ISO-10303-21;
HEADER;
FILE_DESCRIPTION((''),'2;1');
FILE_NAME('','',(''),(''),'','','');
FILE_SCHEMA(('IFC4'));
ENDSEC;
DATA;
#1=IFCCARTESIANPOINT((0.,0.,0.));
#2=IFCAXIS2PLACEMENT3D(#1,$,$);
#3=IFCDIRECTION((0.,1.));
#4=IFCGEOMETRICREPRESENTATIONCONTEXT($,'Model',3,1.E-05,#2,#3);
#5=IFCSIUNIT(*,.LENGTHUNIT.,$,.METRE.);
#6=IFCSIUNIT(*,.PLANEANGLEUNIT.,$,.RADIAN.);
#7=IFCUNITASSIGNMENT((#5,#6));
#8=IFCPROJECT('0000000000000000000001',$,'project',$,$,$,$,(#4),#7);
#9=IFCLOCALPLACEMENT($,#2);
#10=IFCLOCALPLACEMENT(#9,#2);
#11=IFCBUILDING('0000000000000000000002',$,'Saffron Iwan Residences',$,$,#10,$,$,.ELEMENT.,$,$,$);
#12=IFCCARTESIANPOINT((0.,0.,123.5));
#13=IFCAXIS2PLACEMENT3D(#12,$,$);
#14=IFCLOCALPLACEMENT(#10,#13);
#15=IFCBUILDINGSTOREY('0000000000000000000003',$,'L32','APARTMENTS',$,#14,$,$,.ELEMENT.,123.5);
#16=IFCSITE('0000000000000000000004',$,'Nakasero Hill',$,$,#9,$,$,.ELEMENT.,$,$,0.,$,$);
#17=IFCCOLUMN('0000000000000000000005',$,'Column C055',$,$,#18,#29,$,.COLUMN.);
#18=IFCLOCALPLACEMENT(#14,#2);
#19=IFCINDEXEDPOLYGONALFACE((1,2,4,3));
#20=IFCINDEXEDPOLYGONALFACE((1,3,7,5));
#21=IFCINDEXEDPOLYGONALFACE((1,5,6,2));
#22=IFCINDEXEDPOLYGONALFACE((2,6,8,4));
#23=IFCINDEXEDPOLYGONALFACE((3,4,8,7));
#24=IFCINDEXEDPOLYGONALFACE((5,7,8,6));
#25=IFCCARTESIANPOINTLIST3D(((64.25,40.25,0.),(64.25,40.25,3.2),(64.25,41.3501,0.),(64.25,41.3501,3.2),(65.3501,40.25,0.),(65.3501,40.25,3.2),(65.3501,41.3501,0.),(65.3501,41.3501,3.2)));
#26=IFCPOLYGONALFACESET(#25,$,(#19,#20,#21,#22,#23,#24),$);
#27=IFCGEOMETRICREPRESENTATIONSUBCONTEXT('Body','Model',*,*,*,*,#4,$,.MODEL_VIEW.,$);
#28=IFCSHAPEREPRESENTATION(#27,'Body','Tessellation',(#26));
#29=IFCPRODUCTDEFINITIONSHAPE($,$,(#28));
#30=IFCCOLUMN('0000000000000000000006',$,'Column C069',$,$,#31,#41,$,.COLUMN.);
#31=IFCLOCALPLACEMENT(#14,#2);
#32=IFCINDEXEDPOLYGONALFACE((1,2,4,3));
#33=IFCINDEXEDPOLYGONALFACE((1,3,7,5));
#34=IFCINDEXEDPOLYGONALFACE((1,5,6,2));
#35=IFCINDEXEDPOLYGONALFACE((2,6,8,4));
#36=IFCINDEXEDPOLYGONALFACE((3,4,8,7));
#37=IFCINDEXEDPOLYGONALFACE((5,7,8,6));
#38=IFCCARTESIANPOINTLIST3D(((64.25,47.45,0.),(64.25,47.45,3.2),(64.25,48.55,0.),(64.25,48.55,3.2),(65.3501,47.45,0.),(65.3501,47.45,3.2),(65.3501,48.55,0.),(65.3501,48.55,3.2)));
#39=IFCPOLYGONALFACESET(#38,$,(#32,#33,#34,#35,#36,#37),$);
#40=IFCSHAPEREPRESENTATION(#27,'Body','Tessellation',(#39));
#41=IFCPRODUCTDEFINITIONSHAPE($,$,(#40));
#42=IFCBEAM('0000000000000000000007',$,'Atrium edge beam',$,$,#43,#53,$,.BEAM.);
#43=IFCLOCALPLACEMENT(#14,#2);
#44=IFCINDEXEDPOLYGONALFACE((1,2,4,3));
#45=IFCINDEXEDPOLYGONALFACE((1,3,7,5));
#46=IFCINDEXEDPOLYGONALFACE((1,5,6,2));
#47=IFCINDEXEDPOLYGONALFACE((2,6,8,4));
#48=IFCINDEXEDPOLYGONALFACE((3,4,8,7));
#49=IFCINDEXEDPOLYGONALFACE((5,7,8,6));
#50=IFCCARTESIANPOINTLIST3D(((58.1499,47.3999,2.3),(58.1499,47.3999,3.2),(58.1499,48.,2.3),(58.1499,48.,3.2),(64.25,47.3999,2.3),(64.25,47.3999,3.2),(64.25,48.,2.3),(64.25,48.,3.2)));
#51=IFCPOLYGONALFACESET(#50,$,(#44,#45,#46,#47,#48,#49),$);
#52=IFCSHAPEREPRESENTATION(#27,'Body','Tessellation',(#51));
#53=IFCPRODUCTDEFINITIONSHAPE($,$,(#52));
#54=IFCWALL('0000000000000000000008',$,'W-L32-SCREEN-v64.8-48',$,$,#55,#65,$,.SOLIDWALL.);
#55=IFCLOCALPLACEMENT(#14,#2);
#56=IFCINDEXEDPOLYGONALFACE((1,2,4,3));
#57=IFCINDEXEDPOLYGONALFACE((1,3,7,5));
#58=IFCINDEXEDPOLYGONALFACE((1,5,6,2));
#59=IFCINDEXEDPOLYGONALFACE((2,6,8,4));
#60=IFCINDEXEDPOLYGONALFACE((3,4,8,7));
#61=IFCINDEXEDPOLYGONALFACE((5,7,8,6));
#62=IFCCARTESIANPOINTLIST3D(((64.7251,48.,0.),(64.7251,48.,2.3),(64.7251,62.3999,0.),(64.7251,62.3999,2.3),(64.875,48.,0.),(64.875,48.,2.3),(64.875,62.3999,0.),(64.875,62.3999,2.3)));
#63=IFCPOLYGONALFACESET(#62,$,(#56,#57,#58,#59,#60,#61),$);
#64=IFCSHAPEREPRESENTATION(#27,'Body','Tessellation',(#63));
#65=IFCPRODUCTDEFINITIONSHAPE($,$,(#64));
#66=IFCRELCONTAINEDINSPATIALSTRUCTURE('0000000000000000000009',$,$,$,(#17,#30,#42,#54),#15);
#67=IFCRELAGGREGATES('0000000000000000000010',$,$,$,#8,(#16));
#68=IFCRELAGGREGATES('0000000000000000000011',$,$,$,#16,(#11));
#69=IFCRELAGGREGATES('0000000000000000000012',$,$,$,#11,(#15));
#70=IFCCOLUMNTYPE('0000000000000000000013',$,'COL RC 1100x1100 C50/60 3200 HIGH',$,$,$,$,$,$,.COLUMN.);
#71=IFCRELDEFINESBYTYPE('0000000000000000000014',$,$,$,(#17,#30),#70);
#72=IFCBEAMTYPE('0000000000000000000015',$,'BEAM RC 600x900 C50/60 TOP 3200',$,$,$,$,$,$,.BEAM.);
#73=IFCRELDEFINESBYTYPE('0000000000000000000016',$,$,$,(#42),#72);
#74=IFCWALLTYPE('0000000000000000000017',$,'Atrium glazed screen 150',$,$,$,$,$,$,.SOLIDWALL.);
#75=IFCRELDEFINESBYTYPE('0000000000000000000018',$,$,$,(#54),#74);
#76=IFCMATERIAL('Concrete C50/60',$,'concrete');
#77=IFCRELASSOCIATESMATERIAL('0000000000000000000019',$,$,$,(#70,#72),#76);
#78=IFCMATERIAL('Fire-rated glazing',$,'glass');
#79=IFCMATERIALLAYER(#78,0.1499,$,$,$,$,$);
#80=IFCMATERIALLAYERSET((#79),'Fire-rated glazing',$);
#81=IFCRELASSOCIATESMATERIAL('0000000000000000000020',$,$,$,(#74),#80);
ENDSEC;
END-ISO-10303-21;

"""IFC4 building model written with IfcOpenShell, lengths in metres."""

from ifc_helpers import new_model, si_unit, direction, frame, frame_2d, origin, origin_2d, place, context, subcontext, project, spatial, rectangle, extrude, source, transform, mapped, material, layer, layer_set, material_profile, profile_set, type_object, element, save


model = new_model("IFC4")

# Units and contexts
model_context = context("Model", 3, precision=1e-05, world=origin(), true_north=direction((0.0, 1.0)))
body_context = subcontext(model_context, "Body", "Model", "MODEL_VIEW")
ifc_project = project(units=[si_unit("LENGTHUNIT", "METRE"), si_unit("PLANEANGLEUNIT", "RADIAN")], contexts=[model_context])

# Site, building, storey
site_placement = place(None, origin())
site = spatial("IfcSite", under=ifc_project, at=site_placement, Name="Nakasero Hill", CompositionType="ELEMENT", RefElevation=0.0)
building_placement = place(site_placement, origin())
building = spatial("IfcBuilding", under=site, at=building_placement, Name="Saffron Iwan Residences", CompositionType="ELEMENT")
storey_placement = place(building_placement, frame((0.0, 0.0, 123.5)))
storey = spatial("IfcBuildingStorey", under=building, at=storey_placement, Name="L32", Description="APARTMENTS", CompositionType="ELEMENT", Elevation=123.5)

# Columns
ifc_material_1 = material(Name="Concrete C50/60", Category="concrete")
ifc_material_profile_1 = material_profile(ifc_material_1, rectangle(XDim=1.1001, YDim=1.1001, at=origin_2d()), Name="RC 1100x1100")
ifc_profile_set_1 = profile_set([ifc_material_profile_1], Name="Concrete C50/60")
column_type = type_object("IfcColumnType", Name="COL RC 1100x1100 C50/60 3200 HIGH", PredefinedType="COLUMN", material=ifc_profile_set_1)
shared_shape_1 = source(origin(), body_context, "Body", "SweptSolid", [
    extrude(rectangle(XDim=1.1001, YDim=1.1001, at=origin_2d()), origin(), (0.0, 0.0, 1.0), 3.2),
])
for number, where, z_axis, x_axis, name in (
    (1, (64.8, 40.8, 0.0), (0.0, 0.0, 1.0), (1.0, 0.0, 0.0), "Column C055"),
    (2, (64.8, 48.0, 0.0), (0.0, 0.0, 1.0), (1.0, 0.0, 0.0), "Column C069"),
):
    element("IfcColumn", number, at=place(storey_placement, frame(where, z_axis=z_axis, x_axis=x_axis)), inside=storey, type_object=column_type, Name=name, PredefinedType="COLUMN", context=body_context, shape_type="MappedRepresentation", body=[
        mapped(shared_shape_1, transform((0.0, 0.0, 0.0))),
    ])

# Beam
ifc_material_profile_2 = material_profile(ifc_material_1, rectangle(XDim=0.6001, YDim=0.8999, at=origin_2d()), Name="RC 600x900")
ifc_profile_set_2 = profile_set([ifc_material_profile_2], Name="Concrete C50/60")
beam_type = type_object("IfcBeamType", Name="BEAM RC 600x900 C50/60 TOP 3200", PredefinedType="BEAM", material=ifc_profile_set_2)
shared_shape_2 = source(origin(), body_context, "Body", "SweptSolid", [
    extrude(rectangle(XDim=0.6001, YDim=0.8999, at=origin_2d()), origin(), (0.0, 0.0, 1.0), 6.1001),
])
beam_placement = place(storey_placement, frame((64.25, 47.7, 2.75), z_axis=(-1.0, 0.0, 0.0), x_axis=(0.0, -1.0, 0.0)))
element("IfcBeam", 3, at=beam_placement, inside=storey, type_object=beam_type, Name="Atrium edge beam", PredefinedType="BEAM", context=body_context, shape_type="MappedRepresentation", body=[
    mapped(shared_shape_2, transform((0.0, 0.0, 0.0))),
])

# Wall
ifc_material_2 = material(Name="Fire-rated glazing", Category="glass")
ifc_layer_1 = layer(ifc_material_2, 0.1499)
ifc_layer_set_1 = layer_set([ifc_layer_1], Name="Fire-rated glazing")
wall_type_1 = type_object("IfcWallType", Name="Atrium glazed screen 150", PredefinedType="SOLIDWALL", material=ifc_layer_set_1)
wall_1_placement = place(storey_placement, frame((64.8, 48.0, 0.0), z_axis=(0.0, 0.0, 1.0), x_axis=(0.0, 1.0, 0.0)))
element("IfcWall", 4, at=wall_1_placement, inside=storey, type_object=wall_type_1, Name="W-L32-SCREEN-v64.8-48", PredefinedType="SOLIDWALL", context=body_context, shape_type="SweptSolid", body=[
    extrude(rectangle(XDim=14.3999, YDim=0.1499, at=frame_2d((7.2, 0.0))), origin(), (0.0, 0.0, 1.0), 2.3),
])

save(model, "model.ifc")
